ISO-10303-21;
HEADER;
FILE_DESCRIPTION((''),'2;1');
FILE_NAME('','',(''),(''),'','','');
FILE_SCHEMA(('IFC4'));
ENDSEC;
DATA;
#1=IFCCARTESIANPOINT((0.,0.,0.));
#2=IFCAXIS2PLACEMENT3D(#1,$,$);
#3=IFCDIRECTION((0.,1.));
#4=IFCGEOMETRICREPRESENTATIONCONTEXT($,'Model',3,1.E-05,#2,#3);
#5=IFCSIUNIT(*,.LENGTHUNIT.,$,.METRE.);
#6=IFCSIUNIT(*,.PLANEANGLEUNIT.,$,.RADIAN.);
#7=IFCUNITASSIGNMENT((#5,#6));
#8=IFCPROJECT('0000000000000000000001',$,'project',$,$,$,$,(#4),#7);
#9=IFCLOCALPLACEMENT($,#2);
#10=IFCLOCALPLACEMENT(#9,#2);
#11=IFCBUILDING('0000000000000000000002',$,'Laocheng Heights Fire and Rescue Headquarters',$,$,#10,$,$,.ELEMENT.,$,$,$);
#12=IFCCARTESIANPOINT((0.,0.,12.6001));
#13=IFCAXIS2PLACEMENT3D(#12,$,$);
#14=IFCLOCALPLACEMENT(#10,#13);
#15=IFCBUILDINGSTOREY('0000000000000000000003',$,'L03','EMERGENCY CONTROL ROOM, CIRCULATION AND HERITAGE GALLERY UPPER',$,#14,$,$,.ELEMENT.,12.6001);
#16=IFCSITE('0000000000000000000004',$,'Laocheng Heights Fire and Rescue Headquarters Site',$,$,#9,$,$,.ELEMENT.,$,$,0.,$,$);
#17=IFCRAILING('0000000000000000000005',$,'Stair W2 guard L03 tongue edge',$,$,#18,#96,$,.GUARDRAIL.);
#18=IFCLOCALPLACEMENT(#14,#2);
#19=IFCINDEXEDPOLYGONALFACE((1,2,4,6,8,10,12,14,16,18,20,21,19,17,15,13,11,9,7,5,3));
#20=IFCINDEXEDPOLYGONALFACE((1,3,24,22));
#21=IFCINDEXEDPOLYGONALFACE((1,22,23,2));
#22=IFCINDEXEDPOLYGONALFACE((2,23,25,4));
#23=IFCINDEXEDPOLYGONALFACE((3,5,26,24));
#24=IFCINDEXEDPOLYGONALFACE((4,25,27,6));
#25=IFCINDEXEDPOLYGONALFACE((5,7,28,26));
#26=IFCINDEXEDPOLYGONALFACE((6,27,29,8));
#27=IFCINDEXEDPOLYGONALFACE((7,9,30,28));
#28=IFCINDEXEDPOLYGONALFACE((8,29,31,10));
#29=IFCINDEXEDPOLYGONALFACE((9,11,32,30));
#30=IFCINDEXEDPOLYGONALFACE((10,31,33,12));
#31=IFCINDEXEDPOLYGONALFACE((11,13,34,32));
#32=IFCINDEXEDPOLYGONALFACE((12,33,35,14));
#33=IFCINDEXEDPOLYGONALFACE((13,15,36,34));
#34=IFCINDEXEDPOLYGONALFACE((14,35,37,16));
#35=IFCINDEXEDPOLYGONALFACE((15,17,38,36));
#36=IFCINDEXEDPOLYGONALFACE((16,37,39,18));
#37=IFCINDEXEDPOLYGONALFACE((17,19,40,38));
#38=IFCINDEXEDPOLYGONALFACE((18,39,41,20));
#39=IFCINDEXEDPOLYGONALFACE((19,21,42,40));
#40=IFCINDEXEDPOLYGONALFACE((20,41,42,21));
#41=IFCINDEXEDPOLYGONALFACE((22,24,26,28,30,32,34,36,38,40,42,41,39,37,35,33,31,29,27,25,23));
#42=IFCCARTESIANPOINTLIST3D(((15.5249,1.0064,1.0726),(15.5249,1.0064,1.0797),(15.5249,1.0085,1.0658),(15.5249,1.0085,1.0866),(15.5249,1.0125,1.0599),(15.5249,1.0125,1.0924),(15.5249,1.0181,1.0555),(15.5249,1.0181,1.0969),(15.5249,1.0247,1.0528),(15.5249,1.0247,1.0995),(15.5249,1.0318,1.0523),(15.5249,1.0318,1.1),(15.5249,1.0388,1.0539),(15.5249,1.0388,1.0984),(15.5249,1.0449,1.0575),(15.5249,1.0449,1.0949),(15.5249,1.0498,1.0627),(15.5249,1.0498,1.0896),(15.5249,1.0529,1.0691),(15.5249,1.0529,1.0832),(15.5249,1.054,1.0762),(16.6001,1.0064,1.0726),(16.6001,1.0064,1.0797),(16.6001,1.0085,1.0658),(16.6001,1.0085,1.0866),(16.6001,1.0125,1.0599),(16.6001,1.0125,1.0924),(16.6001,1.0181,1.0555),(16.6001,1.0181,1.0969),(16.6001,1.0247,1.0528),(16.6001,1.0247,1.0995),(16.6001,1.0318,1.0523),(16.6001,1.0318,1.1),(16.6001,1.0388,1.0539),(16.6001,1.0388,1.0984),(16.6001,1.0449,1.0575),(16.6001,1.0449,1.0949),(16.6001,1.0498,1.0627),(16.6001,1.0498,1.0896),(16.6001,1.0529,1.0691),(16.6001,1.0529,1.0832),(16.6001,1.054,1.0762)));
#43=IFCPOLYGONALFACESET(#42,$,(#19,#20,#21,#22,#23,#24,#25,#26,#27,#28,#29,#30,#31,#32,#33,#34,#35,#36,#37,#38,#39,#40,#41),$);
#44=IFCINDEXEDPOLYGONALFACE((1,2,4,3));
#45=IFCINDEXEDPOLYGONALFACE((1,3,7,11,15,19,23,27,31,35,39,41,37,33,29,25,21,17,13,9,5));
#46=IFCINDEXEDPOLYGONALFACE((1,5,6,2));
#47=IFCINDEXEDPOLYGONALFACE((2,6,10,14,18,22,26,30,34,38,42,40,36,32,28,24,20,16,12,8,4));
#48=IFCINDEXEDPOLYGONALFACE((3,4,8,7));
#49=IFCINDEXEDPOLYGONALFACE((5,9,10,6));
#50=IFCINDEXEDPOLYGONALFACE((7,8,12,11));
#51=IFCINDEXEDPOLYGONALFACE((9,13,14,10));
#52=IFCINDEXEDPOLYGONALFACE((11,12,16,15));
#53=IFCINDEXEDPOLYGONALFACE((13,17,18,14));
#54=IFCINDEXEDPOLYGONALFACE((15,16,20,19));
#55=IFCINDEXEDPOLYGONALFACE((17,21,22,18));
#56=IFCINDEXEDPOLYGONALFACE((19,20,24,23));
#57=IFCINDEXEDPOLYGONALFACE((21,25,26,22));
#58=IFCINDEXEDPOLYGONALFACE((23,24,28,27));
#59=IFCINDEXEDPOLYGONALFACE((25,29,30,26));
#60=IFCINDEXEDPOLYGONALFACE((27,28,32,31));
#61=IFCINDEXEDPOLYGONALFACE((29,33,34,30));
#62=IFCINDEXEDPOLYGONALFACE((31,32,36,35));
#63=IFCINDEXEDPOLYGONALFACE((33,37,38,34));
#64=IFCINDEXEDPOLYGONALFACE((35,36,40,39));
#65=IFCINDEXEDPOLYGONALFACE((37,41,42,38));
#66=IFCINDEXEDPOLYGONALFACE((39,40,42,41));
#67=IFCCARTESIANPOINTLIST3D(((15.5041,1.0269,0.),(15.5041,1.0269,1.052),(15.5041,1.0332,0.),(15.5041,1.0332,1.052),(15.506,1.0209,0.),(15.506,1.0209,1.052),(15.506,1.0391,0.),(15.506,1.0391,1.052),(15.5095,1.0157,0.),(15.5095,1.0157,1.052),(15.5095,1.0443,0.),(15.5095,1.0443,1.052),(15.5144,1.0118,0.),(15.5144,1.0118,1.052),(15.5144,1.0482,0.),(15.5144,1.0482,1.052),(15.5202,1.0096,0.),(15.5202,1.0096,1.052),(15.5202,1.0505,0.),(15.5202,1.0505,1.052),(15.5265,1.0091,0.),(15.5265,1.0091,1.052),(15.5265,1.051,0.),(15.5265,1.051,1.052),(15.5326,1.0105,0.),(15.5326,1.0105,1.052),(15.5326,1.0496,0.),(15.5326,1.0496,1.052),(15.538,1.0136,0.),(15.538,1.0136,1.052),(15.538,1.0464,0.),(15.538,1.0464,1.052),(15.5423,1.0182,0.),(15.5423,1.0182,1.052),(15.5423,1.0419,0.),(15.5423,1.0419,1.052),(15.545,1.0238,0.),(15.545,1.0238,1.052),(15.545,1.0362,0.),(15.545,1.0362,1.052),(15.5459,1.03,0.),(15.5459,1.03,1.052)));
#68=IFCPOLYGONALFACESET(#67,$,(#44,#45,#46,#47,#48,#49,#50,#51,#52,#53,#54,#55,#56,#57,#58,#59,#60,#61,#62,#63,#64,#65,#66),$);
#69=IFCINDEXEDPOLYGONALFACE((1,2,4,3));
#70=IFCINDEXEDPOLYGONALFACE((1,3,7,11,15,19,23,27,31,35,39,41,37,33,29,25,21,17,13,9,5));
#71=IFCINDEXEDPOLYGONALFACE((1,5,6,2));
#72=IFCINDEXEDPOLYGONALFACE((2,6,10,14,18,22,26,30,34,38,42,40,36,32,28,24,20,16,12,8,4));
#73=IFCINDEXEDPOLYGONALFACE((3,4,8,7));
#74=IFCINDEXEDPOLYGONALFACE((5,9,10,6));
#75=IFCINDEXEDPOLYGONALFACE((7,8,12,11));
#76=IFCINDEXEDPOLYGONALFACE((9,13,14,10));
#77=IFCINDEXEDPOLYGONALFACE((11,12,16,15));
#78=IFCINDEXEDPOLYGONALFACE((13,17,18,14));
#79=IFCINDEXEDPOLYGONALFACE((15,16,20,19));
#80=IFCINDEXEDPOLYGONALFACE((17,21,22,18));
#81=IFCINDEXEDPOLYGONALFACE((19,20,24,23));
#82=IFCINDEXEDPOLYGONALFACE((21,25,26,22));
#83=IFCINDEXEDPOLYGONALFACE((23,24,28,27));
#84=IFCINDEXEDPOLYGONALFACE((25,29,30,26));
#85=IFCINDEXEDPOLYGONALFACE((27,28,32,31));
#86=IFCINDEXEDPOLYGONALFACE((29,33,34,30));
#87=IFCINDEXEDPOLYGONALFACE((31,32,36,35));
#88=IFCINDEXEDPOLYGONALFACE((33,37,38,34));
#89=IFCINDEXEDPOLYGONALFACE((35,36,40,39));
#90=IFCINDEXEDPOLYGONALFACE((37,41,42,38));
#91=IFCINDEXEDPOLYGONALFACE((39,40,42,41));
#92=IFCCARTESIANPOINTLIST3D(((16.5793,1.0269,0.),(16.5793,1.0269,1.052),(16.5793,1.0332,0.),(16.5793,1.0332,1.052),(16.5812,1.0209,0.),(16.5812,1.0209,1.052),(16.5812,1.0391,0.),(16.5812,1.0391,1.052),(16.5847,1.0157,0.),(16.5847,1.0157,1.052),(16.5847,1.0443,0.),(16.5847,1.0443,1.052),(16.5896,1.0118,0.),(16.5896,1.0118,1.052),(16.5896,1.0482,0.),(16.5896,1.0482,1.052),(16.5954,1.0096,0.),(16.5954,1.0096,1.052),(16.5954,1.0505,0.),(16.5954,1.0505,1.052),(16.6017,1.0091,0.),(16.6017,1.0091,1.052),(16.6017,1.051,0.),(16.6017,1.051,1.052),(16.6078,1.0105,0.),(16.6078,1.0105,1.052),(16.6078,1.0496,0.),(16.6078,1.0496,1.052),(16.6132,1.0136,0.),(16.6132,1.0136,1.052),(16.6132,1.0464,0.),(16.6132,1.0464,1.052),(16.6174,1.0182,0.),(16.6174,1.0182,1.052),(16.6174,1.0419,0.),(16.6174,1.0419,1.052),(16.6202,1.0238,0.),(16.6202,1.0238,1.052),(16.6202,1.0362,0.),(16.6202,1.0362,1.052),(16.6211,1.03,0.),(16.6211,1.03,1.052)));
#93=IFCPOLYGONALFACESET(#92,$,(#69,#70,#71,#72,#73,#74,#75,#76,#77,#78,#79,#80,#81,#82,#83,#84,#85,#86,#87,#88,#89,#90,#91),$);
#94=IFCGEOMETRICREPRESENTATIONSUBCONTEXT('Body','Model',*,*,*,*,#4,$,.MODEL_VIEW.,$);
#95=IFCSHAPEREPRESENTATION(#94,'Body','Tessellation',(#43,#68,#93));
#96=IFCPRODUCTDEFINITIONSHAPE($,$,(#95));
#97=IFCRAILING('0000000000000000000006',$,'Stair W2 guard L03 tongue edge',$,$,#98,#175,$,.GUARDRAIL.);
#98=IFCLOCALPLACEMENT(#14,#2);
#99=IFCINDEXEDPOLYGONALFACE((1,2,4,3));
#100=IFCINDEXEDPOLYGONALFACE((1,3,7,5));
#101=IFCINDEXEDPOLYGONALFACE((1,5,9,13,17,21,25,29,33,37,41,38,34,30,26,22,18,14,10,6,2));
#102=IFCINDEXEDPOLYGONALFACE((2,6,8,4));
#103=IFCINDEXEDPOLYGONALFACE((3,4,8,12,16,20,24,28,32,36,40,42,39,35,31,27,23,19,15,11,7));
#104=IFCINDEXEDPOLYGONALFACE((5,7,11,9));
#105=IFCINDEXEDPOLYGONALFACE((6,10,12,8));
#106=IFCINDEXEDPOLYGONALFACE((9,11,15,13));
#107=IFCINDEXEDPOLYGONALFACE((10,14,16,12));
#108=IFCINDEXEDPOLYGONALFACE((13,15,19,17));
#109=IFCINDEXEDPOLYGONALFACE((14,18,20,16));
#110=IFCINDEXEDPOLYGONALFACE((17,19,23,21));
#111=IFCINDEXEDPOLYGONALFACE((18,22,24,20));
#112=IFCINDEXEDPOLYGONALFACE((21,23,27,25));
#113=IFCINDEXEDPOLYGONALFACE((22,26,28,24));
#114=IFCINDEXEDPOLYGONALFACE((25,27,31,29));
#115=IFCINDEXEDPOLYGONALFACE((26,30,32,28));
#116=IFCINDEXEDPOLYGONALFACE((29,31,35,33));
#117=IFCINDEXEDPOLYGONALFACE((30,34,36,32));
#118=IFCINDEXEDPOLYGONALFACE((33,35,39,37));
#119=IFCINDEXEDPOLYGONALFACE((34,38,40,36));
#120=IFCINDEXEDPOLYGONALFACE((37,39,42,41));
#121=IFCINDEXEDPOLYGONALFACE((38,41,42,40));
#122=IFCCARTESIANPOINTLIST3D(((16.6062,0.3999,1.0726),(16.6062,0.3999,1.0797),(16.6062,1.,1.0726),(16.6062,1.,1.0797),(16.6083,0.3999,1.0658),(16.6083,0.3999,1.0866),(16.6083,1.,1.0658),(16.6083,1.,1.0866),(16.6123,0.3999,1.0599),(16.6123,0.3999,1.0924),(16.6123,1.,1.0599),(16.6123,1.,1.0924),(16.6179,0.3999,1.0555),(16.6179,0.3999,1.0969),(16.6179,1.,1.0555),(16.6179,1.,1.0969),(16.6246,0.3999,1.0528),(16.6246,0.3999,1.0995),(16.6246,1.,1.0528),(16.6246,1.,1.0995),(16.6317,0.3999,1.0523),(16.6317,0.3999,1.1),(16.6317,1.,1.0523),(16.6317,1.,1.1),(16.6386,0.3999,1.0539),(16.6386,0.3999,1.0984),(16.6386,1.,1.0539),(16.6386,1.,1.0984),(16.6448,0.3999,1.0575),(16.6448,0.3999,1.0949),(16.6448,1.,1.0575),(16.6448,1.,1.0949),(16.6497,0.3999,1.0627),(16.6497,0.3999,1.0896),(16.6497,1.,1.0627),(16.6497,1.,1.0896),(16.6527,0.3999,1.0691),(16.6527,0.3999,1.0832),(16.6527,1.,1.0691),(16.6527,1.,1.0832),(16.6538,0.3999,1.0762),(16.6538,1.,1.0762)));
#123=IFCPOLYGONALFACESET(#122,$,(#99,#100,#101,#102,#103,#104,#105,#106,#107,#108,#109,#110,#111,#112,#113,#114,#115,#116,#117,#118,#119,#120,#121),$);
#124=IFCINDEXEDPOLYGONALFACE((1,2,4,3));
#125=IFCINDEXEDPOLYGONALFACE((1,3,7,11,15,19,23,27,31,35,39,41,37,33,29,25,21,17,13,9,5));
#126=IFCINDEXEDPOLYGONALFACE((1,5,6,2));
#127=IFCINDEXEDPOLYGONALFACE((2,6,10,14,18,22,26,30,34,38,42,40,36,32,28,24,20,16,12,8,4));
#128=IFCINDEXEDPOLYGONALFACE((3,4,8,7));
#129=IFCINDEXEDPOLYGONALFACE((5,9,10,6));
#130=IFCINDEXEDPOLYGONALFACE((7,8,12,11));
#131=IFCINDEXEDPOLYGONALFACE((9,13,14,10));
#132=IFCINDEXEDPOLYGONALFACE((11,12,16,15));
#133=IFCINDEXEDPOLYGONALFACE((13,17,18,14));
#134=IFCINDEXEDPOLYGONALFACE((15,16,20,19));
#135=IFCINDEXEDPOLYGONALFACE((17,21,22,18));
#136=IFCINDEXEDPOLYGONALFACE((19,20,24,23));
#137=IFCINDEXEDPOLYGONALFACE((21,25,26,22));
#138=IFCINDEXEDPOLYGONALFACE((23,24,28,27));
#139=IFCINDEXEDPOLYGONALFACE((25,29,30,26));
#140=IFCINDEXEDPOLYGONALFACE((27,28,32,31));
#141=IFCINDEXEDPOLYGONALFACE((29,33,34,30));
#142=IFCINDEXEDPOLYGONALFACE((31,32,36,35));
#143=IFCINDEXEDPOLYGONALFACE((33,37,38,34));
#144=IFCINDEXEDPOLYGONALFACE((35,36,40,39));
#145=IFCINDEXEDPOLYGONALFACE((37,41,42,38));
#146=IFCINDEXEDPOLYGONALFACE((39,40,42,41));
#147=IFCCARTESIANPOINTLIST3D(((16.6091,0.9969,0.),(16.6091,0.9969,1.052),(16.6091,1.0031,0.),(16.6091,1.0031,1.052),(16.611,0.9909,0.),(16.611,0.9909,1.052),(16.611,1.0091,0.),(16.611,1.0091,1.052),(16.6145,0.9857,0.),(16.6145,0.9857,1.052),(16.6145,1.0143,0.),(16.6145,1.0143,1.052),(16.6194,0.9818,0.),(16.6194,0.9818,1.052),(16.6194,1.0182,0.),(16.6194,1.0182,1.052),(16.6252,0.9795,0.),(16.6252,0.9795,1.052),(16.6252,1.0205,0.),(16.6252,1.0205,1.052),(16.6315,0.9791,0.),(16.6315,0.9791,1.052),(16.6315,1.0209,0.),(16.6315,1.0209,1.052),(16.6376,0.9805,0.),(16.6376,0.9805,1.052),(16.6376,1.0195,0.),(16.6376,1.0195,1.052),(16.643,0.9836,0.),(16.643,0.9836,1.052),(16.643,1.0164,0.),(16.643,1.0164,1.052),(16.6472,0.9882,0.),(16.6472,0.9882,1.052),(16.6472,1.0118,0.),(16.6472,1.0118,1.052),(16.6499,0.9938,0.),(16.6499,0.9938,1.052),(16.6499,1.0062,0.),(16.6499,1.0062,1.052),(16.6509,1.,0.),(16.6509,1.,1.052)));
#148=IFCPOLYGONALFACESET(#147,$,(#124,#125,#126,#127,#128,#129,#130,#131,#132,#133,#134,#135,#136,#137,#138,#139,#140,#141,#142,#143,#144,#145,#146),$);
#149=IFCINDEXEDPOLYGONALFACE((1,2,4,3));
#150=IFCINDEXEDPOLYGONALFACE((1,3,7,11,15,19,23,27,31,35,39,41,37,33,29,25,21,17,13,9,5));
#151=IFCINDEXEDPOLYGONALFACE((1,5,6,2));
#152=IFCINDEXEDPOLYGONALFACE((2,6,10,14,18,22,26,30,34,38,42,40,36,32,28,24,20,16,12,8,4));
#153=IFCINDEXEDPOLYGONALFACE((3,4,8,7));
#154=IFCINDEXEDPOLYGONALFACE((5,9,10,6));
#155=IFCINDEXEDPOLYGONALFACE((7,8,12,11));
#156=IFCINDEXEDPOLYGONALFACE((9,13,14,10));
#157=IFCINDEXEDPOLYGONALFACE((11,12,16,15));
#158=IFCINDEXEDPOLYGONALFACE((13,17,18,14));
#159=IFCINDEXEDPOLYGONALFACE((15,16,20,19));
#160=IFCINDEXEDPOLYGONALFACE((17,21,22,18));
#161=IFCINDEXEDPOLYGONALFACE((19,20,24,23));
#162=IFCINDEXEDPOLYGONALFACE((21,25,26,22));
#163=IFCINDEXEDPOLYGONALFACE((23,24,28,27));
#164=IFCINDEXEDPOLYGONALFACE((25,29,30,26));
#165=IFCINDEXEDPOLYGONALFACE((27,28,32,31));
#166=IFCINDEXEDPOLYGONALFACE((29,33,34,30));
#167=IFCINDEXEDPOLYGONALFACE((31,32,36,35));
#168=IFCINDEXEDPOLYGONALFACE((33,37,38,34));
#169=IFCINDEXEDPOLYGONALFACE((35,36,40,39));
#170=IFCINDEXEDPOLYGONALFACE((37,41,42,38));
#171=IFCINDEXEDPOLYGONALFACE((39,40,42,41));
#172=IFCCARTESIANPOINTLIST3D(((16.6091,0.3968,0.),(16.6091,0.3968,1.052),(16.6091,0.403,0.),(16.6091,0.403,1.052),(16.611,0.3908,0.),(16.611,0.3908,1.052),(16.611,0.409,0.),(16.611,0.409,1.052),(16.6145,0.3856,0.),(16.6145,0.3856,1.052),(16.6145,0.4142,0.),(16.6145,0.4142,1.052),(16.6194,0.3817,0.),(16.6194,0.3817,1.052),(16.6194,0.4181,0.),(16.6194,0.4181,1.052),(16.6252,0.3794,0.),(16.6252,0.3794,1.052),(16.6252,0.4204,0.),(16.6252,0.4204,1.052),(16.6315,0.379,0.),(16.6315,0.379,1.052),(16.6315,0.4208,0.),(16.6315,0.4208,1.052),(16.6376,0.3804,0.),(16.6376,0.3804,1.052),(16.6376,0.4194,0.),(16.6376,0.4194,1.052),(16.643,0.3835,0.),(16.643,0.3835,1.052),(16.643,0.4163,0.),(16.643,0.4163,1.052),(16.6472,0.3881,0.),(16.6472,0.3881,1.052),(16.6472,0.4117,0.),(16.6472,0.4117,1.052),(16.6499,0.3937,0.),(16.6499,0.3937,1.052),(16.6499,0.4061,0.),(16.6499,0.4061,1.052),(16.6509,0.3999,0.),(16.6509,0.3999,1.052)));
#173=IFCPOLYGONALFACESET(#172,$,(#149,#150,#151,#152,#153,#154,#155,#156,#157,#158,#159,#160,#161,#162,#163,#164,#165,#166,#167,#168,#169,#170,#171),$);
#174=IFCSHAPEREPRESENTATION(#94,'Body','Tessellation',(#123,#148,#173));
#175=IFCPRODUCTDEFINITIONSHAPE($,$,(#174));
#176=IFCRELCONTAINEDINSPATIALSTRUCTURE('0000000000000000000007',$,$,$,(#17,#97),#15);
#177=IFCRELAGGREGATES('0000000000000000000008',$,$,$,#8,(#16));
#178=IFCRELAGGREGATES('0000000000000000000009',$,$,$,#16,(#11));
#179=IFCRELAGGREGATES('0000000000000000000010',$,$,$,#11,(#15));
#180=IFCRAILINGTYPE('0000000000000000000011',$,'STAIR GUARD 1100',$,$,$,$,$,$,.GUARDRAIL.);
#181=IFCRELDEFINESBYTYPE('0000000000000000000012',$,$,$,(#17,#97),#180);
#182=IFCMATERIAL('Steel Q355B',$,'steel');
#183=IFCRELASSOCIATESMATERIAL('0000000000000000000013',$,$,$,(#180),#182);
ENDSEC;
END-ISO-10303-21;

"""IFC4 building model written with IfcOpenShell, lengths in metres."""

from ifc_helpers import new_model, si_unit, direction, frame, origin, origin_2d, place, context, subcontext, project, spatial, circle, extrude, material, type_object, element, save


model = new_model("IFC4")

# Units and contexts
model_context = context("Model", 3, precision=1e-05, world=origin(), true_north=direction((0.0, 1.0)))
body_context = subcontext(model_context, "Body", "Model", "MODEL_VIEW")
ifc_project = project(units=[si_unit("LENGTHUNIT", "METRE"), si_unit("PLANEANGLEUNIT", "RADIAN")], contexts=[model_context])

# Site, building, storey
site_placement = place(None, origin())
site = spatial("IfcSite", under=ifc_project, at=site_placement, Name="Laocheng Heights Fire and Rescue Headquarters Site", CompositionType="ELEMENT", RefElevation=0.0)
building_placement = place(site_placement, origin())
building = spatial("IfcBuilding", under=site, at=building_placement, Name="Laocheng Heights Fire and Rescue Headquarters", CompositionType="ELEMENT")
storey_placement = place(building_placement, frame((0.0, 0.0, 12.6001)))
storey = spatial("IfcBuildingStorey", under=building, at=storey_placement, Name="L03", Description="EMERGENCY CONTROL ROOM, CIRCULATION AND HERITAGE GALLERY UPPER", CompositionType="ELEMENT", Elevation=12.6001)

# Railings
ifc_material_1 = material(Name="Steel Q355B", Category="steel")
railing_type = type_object("IfcRailingType", Name="STAIR GUARD 1100", PredefinedType="GUARDRAIL", material=ifc_material_1)
railing_1_placement = place(storey_placement, frame((15.5249, 1.03, 0.0)))
element("IfcRailing", 1, at=railing_1_placement, inside=storey, type_object=railing_type, Name="Stair W2 guard L03 tongue edge", PredefinedType="GUARDRAIL", context=body_context, shape_type="SweptSolid", body=[
    extrude(circle(Radius=0.0239, at=origin_2d()), frame((0.0, 0.0, 1.0762), z_axis=(1.0, 0.0, 0.0), x_axis=(0.0, 1.0, 0.0)), (0.0, 0.0, 1.0), 1.0752),
    extrude(circle(Radius=0.021, at=origin_2d()), origin(), (0.0, 0.0, 1.0), 1.052),
    extrude(circle(Radius=0.021, at=origin_2d()), frame((1.0752, 0.0, 0.0)), (0.0, 0.0, 1.0), 1.052),
])
railing_2_placement = place(storey_placement, frame((16.6299, 1.0, 0.0)))
element("IfcRailing", 2, at=railing_2_placement, inside=storey, type_object=railing_type, Name="Stair W2 guard L03 tongue edge", PredefinedType="GUARDRAIL", context=body_context, shape_type="SweptSolid", body=[
    extrude(circle(Radius=0.0239, at=origin_2d()), frame((0.0, 0.0, 1.0762), z_axis=(0.0, -1.0, 0.0), x_axis=(1.0, 0.0, 0.0)), (0.0, 0.0, 1.0), 0.6001),
    extrude(circle(Radius=0.021, at=origin_2d()), origin(), (0.0, 0.0, 1.0), 1.052),
    extrude(circle(Radius=0.021, at=origin_2d()), frame((0.0, -0.6001, 0.0)), (0.0, 0.0, 1.0), 1.052),
])

save(model, "model.ifc")
